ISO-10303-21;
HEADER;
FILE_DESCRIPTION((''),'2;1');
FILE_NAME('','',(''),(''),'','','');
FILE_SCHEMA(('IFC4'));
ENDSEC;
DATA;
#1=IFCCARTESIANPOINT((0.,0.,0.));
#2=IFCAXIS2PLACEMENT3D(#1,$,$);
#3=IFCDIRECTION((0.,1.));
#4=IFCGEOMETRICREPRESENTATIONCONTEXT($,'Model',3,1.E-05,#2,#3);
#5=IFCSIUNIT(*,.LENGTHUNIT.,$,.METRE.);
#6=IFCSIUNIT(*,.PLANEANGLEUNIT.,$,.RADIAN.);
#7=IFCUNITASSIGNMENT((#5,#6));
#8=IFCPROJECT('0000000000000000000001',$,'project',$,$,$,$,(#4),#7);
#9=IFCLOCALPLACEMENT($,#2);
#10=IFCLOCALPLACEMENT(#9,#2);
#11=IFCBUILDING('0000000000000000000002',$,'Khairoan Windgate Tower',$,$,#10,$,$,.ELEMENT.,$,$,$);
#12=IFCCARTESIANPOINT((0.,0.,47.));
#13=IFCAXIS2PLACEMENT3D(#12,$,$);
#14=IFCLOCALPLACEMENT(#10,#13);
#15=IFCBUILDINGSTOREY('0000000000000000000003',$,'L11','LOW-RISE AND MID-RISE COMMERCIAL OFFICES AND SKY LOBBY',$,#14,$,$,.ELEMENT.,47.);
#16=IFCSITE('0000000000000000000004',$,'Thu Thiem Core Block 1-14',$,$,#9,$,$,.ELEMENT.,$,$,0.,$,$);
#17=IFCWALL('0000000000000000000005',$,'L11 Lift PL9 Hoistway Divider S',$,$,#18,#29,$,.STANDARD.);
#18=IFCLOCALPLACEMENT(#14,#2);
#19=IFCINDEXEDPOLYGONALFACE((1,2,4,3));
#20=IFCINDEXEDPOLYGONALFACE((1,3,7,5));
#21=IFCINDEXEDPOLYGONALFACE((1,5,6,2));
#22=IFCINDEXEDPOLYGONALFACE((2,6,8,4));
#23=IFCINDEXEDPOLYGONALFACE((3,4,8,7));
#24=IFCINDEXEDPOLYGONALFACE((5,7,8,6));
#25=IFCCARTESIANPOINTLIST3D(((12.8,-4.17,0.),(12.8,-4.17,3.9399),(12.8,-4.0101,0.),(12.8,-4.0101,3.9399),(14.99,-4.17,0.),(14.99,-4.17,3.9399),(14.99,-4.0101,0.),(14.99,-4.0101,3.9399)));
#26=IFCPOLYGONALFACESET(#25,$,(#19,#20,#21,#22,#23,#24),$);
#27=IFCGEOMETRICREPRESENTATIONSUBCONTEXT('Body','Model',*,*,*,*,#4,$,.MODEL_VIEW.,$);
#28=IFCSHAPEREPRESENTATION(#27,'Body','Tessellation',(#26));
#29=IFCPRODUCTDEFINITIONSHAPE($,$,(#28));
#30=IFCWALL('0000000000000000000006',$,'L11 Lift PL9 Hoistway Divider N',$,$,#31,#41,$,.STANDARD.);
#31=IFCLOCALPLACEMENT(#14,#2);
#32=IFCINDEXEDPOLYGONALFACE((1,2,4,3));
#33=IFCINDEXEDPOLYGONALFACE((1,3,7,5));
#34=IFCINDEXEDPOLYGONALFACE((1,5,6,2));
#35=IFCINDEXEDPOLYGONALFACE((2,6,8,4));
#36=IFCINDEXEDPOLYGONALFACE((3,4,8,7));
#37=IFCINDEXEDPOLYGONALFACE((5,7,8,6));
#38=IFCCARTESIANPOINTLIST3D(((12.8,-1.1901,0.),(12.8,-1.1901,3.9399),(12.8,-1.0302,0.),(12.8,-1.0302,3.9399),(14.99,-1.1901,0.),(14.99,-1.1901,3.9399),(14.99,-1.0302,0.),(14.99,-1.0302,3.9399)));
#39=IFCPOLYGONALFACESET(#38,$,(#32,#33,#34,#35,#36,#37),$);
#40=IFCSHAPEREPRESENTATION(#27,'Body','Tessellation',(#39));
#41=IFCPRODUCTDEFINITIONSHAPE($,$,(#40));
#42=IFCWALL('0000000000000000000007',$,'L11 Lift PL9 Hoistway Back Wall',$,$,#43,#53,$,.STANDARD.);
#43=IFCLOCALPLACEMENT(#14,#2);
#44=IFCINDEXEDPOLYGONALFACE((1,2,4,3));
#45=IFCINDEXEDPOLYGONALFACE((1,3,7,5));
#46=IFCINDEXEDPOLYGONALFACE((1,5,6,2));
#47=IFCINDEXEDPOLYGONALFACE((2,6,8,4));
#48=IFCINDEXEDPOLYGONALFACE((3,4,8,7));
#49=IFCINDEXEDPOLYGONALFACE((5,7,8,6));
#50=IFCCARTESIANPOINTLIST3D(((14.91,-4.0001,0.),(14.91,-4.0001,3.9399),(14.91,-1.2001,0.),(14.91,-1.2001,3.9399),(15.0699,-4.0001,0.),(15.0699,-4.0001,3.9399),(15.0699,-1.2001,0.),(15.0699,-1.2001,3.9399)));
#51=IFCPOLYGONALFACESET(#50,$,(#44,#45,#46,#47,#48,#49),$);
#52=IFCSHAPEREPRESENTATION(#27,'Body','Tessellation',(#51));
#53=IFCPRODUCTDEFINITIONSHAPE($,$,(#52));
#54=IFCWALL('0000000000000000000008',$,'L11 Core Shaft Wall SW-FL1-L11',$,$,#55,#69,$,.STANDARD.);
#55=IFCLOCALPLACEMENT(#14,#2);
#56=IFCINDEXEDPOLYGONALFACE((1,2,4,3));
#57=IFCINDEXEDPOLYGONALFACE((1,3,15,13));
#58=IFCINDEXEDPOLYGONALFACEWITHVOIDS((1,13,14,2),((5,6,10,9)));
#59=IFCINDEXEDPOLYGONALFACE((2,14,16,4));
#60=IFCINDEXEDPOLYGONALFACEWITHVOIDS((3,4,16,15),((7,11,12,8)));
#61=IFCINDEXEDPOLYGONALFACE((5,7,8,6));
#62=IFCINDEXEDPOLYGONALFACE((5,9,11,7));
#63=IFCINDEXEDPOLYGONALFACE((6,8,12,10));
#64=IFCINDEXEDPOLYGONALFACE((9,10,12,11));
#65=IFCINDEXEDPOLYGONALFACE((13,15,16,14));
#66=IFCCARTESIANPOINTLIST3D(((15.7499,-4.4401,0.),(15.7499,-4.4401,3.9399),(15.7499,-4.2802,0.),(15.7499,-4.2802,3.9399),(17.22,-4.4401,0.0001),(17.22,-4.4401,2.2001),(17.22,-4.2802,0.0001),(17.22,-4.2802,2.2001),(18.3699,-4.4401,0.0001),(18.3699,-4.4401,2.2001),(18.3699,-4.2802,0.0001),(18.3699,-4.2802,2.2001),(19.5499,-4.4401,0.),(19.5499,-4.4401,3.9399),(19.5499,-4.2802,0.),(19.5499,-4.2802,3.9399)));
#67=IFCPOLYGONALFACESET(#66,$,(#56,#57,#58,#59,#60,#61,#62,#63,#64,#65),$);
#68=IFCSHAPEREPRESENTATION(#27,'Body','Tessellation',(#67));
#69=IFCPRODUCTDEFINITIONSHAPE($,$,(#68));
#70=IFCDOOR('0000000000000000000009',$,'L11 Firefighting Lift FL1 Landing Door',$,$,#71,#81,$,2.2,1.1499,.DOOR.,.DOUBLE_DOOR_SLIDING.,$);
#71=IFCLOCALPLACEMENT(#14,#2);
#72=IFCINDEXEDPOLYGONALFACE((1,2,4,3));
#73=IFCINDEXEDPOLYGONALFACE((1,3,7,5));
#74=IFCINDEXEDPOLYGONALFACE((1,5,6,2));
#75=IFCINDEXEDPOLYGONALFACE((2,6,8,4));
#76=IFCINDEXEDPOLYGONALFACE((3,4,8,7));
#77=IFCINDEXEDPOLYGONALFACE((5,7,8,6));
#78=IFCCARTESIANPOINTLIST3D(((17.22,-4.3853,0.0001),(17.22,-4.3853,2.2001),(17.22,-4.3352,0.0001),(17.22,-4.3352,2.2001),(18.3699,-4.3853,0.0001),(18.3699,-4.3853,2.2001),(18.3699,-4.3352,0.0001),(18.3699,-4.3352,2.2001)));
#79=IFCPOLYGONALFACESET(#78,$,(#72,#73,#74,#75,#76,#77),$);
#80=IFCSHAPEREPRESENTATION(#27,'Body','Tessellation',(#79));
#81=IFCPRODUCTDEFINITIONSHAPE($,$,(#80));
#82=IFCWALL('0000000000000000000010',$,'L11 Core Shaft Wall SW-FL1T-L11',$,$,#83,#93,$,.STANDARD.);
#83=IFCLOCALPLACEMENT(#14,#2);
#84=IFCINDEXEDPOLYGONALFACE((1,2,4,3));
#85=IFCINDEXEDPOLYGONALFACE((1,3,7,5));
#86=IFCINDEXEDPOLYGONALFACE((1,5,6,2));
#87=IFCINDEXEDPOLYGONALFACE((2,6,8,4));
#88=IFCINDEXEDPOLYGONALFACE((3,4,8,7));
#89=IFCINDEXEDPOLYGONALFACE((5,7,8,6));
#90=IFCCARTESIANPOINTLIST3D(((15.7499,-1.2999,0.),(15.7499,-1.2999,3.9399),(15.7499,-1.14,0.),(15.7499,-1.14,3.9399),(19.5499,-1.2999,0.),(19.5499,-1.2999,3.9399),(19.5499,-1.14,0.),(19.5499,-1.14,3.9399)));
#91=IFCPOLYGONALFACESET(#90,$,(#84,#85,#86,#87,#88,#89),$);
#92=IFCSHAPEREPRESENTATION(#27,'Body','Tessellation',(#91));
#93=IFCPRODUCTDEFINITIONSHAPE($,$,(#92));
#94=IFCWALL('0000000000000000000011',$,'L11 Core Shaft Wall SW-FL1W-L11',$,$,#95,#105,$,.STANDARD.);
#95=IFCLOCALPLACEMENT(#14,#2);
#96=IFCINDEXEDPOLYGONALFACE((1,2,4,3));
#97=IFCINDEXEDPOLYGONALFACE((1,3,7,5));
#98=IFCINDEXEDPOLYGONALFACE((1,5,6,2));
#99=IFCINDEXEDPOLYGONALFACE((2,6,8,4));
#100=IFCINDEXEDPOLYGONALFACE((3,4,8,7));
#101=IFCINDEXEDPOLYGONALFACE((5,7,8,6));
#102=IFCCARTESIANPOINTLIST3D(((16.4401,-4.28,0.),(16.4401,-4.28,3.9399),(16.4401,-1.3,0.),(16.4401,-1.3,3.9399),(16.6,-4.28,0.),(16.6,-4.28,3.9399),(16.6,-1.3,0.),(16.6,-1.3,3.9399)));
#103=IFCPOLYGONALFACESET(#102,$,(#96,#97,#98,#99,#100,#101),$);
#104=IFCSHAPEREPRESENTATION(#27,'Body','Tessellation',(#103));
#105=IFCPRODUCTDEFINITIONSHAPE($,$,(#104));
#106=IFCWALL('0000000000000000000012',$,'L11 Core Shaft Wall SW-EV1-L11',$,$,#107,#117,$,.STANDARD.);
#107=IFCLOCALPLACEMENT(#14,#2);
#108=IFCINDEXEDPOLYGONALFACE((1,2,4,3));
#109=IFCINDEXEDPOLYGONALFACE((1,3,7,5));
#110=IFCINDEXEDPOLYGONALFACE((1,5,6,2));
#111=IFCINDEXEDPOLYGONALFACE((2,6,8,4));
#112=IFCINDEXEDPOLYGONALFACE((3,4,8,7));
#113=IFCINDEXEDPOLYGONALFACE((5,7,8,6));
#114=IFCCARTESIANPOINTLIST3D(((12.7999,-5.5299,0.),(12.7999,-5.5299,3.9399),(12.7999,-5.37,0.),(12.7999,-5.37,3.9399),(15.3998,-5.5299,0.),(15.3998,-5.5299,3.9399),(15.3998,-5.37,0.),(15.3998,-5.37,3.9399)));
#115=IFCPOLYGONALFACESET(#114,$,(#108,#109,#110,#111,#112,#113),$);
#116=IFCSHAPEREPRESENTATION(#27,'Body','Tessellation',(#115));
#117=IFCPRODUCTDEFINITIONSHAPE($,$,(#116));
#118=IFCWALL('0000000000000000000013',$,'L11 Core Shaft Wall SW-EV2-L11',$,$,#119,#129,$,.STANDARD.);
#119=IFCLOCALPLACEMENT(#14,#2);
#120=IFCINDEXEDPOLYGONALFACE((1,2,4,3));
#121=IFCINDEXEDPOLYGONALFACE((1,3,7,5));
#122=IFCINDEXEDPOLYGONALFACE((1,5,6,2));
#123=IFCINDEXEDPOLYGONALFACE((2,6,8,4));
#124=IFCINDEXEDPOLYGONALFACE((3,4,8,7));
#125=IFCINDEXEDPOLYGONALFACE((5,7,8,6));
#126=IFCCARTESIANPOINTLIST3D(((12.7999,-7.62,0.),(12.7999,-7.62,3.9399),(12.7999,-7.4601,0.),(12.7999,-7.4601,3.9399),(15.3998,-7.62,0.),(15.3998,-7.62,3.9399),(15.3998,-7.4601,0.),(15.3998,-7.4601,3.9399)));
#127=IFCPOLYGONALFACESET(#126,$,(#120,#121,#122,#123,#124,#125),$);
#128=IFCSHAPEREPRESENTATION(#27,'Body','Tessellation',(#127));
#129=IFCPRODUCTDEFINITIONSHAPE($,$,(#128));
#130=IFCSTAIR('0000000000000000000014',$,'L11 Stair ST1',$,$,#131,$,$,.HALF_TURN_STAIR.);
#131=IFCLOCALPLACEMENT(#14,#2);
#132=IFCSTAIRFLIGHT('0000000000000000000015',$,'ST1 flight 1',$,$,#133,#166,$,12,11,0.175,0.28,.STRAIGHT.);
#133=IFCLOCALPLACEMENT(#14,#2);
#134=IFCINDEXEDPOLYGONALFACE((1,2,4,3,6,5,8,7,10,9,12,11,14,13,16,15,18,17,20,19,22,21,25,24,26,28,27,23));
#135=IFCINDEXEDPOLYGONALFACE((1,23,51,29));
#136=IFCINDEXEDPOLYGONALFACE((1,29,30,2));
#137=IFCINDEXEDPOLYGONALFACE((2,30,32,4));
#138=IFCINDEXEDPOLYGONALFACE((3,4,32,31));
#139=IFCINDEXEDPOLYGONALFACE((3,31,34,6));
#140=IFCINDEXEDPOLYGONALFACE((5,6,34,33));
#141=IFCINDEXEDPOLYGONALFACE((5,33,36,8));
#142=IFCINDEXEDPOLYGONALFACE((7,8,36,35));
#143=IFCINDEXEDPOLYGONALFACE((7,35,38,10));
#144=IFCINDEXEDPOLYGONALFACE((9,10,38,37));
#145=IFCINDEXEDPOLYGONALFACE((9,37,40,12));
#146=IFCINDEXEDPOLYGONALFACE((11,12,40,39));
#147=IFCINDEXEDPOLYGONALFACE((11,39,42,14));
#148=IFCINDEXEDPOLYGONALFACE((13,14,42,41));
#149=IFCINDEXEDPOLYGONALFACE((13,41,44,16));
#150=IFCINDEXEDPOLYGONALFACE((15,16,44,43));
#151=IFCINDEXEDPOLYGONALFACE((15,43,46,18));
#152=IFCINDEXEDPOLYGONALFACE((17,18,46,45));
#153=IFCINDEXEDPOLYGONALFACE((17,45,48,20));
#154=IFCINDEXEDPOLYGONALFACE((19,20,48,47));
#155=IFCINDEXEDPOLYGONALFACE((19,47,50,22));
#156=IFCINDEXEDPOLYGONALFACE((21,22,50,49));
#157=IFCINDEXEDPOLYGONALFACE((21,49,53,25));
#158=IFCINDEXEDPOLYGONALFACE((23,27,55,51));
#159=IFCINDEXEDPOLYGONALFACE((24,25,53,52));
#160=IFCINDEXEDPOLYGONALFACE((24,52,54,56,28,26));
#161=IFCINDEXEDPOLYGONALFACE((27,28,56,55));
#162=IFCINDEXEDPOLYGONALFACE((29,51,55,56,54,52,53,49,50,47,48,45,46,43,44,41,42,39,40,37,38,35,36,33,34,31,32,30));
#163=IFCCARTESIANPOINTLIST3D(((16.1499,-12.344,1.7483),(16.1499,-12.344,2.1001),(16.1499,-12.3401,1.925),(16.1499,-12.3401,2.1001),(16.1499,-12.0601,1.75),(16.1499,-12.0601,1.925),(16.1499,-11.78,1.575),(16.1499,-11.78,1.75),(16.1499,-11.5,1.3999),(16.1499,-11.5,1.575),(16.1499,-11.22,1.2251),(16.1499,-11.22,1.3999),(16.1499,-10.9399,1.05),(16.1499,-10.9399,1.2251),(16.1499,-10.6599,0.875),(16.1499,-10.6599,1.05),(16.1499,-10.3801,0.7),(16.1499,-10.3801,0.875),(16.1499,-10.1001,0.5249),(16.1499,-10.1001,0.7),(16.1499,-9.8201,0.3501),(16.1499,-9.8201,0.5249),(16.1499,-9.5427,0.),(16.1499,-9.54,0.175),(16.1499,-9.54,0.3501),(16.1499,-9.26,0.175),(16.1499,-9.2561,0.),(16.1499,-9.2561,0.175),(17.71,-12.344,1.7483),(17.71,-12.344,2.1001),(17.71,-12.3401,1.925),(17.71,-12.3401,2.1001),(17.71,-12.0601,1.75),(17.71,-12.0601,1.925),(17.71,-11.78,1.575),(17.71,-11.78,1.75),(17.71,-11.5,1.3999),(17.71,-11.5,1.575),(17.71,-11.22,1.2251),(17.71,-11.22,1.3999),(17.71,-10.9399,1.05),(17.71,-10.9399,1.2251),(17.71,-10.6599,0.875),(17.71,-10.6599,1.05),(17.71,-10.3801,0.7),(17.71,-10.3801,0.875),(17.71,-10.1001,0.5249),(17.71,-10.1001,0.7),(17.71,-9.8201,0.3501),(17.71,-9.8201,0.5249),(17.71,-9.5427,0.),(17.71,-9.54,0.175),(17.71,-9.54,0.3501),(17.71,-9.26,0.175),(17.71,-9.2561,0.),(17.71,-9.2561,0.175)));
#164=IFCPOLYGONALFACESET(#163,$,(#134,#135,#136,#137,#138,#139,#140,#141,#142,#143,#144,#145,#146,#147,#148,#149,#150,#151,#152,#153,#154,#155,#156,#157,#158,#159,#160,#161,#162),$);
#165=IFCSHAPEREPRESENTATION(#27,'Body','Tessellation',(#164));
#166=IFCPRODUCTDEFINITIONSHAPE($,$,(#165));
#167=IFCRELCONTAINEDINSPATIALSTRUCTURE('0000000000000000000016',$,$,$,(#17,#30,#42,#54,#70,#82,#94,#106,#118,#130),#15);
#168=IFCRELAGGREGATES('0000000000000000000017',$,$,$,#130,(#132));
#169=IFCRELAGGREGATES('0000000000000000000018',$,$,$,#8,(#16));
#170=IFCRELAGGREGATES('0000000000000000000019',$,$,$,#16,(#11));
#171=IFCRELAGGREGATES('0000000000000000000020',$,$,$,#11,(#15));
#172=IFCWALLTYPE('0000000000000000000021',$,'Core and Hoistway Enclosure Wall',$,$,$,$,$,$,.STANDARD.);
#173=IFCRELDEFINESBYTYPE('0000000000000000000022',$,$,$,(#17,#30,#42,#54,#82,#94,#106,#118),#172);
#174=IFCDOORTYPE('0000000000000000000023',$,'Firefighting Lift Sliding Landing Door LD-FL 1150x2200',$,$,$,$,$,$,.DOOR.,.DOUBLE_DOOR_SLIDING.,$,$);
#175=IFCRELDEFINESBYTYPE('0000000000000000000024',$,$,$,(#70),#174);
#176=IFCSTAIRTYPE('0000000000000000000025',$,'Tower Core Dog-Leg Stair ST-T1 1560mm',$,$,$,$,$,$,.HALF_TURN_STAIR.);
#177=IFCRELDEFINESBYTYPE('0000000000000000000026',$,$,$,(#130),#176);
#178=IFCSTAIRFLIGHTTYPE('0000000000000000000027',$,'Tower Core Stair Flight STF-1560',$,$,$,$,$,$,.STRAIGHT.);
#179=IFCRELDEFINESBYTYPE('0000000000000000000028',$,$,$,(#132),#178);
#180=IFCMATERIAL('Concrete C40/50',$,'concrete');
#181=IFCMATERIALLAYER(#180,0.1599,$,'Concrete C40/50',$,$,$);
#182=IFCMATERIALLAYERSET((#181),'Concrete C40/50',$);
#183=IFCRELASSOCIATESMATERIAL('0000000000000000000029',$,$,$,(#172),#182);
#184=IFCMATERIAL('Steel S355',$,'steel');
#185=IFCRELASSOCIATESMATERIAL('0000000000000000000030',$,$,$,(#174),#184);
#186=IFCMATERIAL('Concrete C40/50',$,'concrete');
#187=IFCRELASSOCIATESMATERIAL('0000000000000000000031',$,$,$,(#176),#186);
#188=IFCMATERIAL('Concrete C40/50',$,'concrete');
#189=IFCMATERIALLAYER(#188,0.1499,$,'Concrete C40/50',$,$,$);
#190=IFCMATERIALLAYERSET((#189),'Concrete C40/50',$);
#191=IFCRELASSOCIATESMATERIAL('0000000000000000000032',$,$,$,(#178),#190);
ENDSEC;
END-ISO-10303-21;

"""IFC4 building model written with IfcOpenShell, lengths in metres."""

from ifc_helpers import new_model, si_unit, direction, frame, frame_2d, origin, place, context, subcontext, project, spatial, polyline, rectangle, outline, extrude, material, layer, layer_set, type_object, element, fill, aggregate, save


model = new_model("IFC4")

# Units and contexts
model_context = context("Model", 3, precision=1e-05, world=origin(), true_north=direction((0.0, 1.0)))
body_context = subcontext(model_context, "Body", "Model", "MODEL_VIEW")
ifc_project = project(units=[si_unit("LENGTHUNIT", "METRE"), si_unit("PLANEANGLEUNIT", "RADIAN")], contexts=[model_context])

# Site, building, storey
site_placement = place(None, origin())
site = spatial("IfcSite", under=ifc_project, at=site_placement, Name="Thu Thiem Core Block 1-14", CompositionType="ELEMENT", RefElevation=0.0)
building_placement = place(site_placement, origin())
building = spatial("IfcBuilding", under=site, at=building_placement, Name="Khairoan Windgate Tower", CompositionType="ELEMENT")
storey_placement = place(building_placement, frame((0.0, 0.0, 47.0)))
storey = spatial("IfcBuildingStorey", under=building, at=storey_placement, Name="L11", Description="LOW-RISE AND MID-RISE COMMERCIAL OFFICES AND SKY LOBBY", CompositionType="ELEMENT", Elevation=47.0)

# Walls
ifc_material_1 = material(Name="Concrete C40/50", Category="concrete")
ifc_layer_1 = layer(ifc_material_1, 0.1599, Name="Concrete C40/50")
ifc_layer_set_1 = layer_set([ifc_layer_1], Name="Concrete C40/50")
wall_type = type_object("IfcWallType", Name="Core and Hoistway Enclosure Wall", PredefinedType="STANDARD", material=ifc_layer_set_1)
for number, where, z_axis, x_axis, name in (
    (1, (12.8, -4.0901, 0.0), (0.0, 0.0, 1.0), (1.0, 0.0, 0.0), "L11 Lift PL9 Hoistway Divider S"),
    (2, (12.8, -1.1101, 0.0), (0.0, 0.0, 1.0), (1.0, 0.0, 0.0), "L11 Lift PL9 Hoistway Divider N"),
):
    element("IfcWall", number, at=place(storey_placement, frame(where, z_axis=z_axis, x_axis=x_axis)), inside=storey, type_object=wall_type, Name=name, PredefinedType="STANDARD", context=body_context, shape_type="SweptSolid", body=[
        extrude(rectangle(XDim=2.1899, YDim=0.1599, at=frame_2d((1.095, 0.0))), origin(), (0.0, 0.0, 1.0), 3.9399),
    ])
wall_1_placement = place(storey_placement, frame((14.99, -4.0, 0.0), z_axis=(0.0, 0.0, 1.0), x_axis=(0.0, 1.0, 0.0)))
element("IfcWall", 3, at=wall_1_placement, inside=storey, type_object=wall_type, Name="L11 Lift PL9 Hoistway Back Wall", PredefinedType="STANDARD", context=body_context, shape_type="SweptSolid", body=[
    extrude(rectangle(XDim=2.8, YDim=0.1599, at=frame_2d((1.3999, 0.0))), origin(), (0.0, 0.0, 1.0), 3.9399),
])

# Wall, opening, door
wall_2_placement = place(storey_placement, frame((15.75, -4.3601, 0.0), z_axis=(0.0, 0.0, 1.0), x_axis=(1.0, 0.0, 0.0)))
wall_2 = element("IfcWall", 4, at=wall_2_placement, inside=storey, type_object=wall_type, Name="L11 Core Shaft Wall SW-FL1-L11", PredefinedType="STANDARD", context=body_context, shape_type="SweptSolid", body=[
    extrude(rectangle(XDim=3.8, YDim=0.1599, at=frame_2d((1.8999, 0.0))), origin(), (0.0, 0.0, 1.0), 3.9399),
])
opening_placement = place(wall_2_placement, frame((1.47, 0.0, 0.0)))
opening = element("IfcOpeningElement", 5, at=opening_placement, cuts=wall_2, PredefinedType="OPENING", context=body_context, shape_type="SweptSolid", body=[
    extrude(rectangle(XDim=1.1499, YDim=2.2, at=frame_2d((0.575, 1.1001))), frame((0.0, 0.0898, 0.0), z_axis=(0.0, -1.0, 0.0), x_axis=(1.0, 0.0, 0.0)), (0.0, 0.0, 1.0), 0.1799),
])
ifc_material_2 = material(Name="Steel S355", Category="steel")
door_type = type_object("IfcDoorType", Name="Firefighting Lift Sliding Landing Door LD-FL 1150x2200", OperationType="DOUBLE_DOOR_SLIDING", PredefinedType="DOOR", material=ifc_material_2)
door_placement = place(opening_placement, origin())
door = element("IfcDoor", 6, at=door_placement, inside=storey, type_object=door_type, Name="L11 Firefighting Lift FL1 Landing Door", OperationType="DOUBLE_DOOR_SLIDING", OverallHeight=2.2, OverallWidth=1.1499, PredefinedType="DOOR", context=body_context, shape_type="SweptSolid", body=[
    extrude(rectangle(XDim=1.1499, YDim=2.2, at=frame_2d((0.575, 1.1001))), frame((0.0, 0.0249, 0.0), z_axis=(0.0, -1.0, 0.0), x_axis=(1.0, 0.0, 0.0)), (0.0, 0.0, 1.0), 0.05),
])
fill(opening, door)

# Walls
wall_3_placement = place(storey_placement, frame((15.75, -1.22, 0.0), z_axis=(0.0, 0.0, 1.0), x_axis=(1.0, 0.0, 0.0)))
element("IfcWall", 7, at=wall_3_placement, inside=storey, type_object=wall_type, Name="L11 Core Shaft Wall SW-FL1T-L11", PredefinedType="STANDARD", context=body_context, shape_type="SweptSolid", body=[
    extrude(rectangle(XDim=3.8, YDim=0.1599, at=frame_2d((1.8999, 0.0))), origin(), (0.0, 0.0, 1.0), 3.9399),
])
wall_4_placement = place(storey_placement, frame((16.52, -4.28, 0.0), z_axis=(0.0, 0.0, 1.0), x_axis=(0.0, 1.0, 0.0)))
element("IfcWall", 8, at=wall_4_placement, inside=storey, type_object=wall_type, Name="L11 Core Shaft Wall SW-FL1W-L11", PredefinedType="STANDARD", context=body_context, shape_type="SweptSolid", body=[
    extrude(rectangle(XDim=2.98, YDim=0.1599, at=frame_2d((1.49, 0.0))), origin(), (0.0, 0.0, 1.0), 3.9399),
])
for number, where, z_axis, x_axis, name in (
    (9, (12.8, -5.45, 0.0), (0.0, 0.0, 1.0), (1.0, 0.0, 0.0), "L11 Core Shaft Wall SW-EV1-L11"),
    (10, (12.8, -7.54, 0.0), (0.0, 0.0, 1.0), (1.0, 0.0, 0.0), "L11 Core Shaft Wall SW-EV2-L11"),
):
    element("IfcWall", number, at=place(storey_placement, frame(where, z_axis=z_axis, x_axis=x_axis)), inside=storey, type_object=wall_type, Name=name, PredefinedType="STANDARD", context=body_context, shape_type="SweptSolid", body=[
        extrude(rectangle(XDim=2.5999, YDim=0.1599, at=frame_2d((1.2998, 0.0))), origin(), (0.0, 0.0, 1.0), 3.9399),
    ])

# Stair, stair flight
ifc_material_3 = material(Name="Concrete C40/50", Category="concrete")
stair_type = type_object("IfcStairType", Name="Tower Core Dog-Leg Stair ST-T1 1560mm", PredefinedType="HALF_TURN_STAIR", material=ifc_material_3)
stair_placement = place(storey_placement, origin())
stair = element("IfcStair", 11, at=stair_placement, inside=storey, type_object=stair_type, Name="L11 Stair ST1", PredefinedType="HALF_TURN_STAIR")
ifc_material_4 = material(Name="Concrete C40/50", Category="concrete")
ifc_layer_2 = layer(ifc_material_4, 0.1499, Name="Concrete C40/50")
ifc_layer_set_2 = layer_set([ifc_layer_2], Name="Concrete C40/50")
stair_flight_type = type_object("IfcStairFlightType", Name="Tower Core Stair Flight STF-1560", PredefinedType="STRAIGHT", material=ifc_layer_set_2)
stair_flight_placement = place(storey_placement, frame((16.9299, -9.26, 0.0), z_axis=(0.0, 0.0, 1.0), x_axis=(0.0, -1.0, 0.0)))
stair_flight = element("IfcStairFlight", 12, at=stair_flight_placement, type_object=stair_flight_type, Name="ST1 flight 1", NumberOfRisers=12, NumberOfTreads=11, PredefinedType="STRAIGHT", RiserHeight=0.175, TreadLength=0.28, context=body_context, shape_type="SweptSolid", body=[
    extrude(outline(polyline([(-0.0039, 0.0), (-0.0039, 0.175), (0.0, 0.175), (0.28, 0.175), (0.28, 0.3501), (0.5601, 0.3501), (0.5601, 0.5249), (0.8401, 0.5249), (0.8401, 0.7), (1.1201, 0.7), (1.1201, 0.875), (1.3999, 0.875), (1.3999, 1.05), (1.6799, 1.05), (1.6799, 1.2251), (1.96, 1.2251), (1.96, 1.3999), (2.24, 1.3999), (2.24, 1.575), (2.52, 1.575), (2.52, 1.75), (2.8, 1.75), (2.8, 1.925), (3.0801, 1.925), (3.0801, 2.1001), (3.084, 2.1001), (3.084, 1.7483), (0.2827, 0.0), (-0.0039, 0.0)])), frame((0.0, 0.78, 0.0), z_axis=(0.0, -1.0, 0.0), x_axis=(1.0, 0.0, 0.0)), (0.0, 0.0, 1.0), 1.5601),
])
aggregate(stair, [stair_flight])

save(model, "model.ifc")
